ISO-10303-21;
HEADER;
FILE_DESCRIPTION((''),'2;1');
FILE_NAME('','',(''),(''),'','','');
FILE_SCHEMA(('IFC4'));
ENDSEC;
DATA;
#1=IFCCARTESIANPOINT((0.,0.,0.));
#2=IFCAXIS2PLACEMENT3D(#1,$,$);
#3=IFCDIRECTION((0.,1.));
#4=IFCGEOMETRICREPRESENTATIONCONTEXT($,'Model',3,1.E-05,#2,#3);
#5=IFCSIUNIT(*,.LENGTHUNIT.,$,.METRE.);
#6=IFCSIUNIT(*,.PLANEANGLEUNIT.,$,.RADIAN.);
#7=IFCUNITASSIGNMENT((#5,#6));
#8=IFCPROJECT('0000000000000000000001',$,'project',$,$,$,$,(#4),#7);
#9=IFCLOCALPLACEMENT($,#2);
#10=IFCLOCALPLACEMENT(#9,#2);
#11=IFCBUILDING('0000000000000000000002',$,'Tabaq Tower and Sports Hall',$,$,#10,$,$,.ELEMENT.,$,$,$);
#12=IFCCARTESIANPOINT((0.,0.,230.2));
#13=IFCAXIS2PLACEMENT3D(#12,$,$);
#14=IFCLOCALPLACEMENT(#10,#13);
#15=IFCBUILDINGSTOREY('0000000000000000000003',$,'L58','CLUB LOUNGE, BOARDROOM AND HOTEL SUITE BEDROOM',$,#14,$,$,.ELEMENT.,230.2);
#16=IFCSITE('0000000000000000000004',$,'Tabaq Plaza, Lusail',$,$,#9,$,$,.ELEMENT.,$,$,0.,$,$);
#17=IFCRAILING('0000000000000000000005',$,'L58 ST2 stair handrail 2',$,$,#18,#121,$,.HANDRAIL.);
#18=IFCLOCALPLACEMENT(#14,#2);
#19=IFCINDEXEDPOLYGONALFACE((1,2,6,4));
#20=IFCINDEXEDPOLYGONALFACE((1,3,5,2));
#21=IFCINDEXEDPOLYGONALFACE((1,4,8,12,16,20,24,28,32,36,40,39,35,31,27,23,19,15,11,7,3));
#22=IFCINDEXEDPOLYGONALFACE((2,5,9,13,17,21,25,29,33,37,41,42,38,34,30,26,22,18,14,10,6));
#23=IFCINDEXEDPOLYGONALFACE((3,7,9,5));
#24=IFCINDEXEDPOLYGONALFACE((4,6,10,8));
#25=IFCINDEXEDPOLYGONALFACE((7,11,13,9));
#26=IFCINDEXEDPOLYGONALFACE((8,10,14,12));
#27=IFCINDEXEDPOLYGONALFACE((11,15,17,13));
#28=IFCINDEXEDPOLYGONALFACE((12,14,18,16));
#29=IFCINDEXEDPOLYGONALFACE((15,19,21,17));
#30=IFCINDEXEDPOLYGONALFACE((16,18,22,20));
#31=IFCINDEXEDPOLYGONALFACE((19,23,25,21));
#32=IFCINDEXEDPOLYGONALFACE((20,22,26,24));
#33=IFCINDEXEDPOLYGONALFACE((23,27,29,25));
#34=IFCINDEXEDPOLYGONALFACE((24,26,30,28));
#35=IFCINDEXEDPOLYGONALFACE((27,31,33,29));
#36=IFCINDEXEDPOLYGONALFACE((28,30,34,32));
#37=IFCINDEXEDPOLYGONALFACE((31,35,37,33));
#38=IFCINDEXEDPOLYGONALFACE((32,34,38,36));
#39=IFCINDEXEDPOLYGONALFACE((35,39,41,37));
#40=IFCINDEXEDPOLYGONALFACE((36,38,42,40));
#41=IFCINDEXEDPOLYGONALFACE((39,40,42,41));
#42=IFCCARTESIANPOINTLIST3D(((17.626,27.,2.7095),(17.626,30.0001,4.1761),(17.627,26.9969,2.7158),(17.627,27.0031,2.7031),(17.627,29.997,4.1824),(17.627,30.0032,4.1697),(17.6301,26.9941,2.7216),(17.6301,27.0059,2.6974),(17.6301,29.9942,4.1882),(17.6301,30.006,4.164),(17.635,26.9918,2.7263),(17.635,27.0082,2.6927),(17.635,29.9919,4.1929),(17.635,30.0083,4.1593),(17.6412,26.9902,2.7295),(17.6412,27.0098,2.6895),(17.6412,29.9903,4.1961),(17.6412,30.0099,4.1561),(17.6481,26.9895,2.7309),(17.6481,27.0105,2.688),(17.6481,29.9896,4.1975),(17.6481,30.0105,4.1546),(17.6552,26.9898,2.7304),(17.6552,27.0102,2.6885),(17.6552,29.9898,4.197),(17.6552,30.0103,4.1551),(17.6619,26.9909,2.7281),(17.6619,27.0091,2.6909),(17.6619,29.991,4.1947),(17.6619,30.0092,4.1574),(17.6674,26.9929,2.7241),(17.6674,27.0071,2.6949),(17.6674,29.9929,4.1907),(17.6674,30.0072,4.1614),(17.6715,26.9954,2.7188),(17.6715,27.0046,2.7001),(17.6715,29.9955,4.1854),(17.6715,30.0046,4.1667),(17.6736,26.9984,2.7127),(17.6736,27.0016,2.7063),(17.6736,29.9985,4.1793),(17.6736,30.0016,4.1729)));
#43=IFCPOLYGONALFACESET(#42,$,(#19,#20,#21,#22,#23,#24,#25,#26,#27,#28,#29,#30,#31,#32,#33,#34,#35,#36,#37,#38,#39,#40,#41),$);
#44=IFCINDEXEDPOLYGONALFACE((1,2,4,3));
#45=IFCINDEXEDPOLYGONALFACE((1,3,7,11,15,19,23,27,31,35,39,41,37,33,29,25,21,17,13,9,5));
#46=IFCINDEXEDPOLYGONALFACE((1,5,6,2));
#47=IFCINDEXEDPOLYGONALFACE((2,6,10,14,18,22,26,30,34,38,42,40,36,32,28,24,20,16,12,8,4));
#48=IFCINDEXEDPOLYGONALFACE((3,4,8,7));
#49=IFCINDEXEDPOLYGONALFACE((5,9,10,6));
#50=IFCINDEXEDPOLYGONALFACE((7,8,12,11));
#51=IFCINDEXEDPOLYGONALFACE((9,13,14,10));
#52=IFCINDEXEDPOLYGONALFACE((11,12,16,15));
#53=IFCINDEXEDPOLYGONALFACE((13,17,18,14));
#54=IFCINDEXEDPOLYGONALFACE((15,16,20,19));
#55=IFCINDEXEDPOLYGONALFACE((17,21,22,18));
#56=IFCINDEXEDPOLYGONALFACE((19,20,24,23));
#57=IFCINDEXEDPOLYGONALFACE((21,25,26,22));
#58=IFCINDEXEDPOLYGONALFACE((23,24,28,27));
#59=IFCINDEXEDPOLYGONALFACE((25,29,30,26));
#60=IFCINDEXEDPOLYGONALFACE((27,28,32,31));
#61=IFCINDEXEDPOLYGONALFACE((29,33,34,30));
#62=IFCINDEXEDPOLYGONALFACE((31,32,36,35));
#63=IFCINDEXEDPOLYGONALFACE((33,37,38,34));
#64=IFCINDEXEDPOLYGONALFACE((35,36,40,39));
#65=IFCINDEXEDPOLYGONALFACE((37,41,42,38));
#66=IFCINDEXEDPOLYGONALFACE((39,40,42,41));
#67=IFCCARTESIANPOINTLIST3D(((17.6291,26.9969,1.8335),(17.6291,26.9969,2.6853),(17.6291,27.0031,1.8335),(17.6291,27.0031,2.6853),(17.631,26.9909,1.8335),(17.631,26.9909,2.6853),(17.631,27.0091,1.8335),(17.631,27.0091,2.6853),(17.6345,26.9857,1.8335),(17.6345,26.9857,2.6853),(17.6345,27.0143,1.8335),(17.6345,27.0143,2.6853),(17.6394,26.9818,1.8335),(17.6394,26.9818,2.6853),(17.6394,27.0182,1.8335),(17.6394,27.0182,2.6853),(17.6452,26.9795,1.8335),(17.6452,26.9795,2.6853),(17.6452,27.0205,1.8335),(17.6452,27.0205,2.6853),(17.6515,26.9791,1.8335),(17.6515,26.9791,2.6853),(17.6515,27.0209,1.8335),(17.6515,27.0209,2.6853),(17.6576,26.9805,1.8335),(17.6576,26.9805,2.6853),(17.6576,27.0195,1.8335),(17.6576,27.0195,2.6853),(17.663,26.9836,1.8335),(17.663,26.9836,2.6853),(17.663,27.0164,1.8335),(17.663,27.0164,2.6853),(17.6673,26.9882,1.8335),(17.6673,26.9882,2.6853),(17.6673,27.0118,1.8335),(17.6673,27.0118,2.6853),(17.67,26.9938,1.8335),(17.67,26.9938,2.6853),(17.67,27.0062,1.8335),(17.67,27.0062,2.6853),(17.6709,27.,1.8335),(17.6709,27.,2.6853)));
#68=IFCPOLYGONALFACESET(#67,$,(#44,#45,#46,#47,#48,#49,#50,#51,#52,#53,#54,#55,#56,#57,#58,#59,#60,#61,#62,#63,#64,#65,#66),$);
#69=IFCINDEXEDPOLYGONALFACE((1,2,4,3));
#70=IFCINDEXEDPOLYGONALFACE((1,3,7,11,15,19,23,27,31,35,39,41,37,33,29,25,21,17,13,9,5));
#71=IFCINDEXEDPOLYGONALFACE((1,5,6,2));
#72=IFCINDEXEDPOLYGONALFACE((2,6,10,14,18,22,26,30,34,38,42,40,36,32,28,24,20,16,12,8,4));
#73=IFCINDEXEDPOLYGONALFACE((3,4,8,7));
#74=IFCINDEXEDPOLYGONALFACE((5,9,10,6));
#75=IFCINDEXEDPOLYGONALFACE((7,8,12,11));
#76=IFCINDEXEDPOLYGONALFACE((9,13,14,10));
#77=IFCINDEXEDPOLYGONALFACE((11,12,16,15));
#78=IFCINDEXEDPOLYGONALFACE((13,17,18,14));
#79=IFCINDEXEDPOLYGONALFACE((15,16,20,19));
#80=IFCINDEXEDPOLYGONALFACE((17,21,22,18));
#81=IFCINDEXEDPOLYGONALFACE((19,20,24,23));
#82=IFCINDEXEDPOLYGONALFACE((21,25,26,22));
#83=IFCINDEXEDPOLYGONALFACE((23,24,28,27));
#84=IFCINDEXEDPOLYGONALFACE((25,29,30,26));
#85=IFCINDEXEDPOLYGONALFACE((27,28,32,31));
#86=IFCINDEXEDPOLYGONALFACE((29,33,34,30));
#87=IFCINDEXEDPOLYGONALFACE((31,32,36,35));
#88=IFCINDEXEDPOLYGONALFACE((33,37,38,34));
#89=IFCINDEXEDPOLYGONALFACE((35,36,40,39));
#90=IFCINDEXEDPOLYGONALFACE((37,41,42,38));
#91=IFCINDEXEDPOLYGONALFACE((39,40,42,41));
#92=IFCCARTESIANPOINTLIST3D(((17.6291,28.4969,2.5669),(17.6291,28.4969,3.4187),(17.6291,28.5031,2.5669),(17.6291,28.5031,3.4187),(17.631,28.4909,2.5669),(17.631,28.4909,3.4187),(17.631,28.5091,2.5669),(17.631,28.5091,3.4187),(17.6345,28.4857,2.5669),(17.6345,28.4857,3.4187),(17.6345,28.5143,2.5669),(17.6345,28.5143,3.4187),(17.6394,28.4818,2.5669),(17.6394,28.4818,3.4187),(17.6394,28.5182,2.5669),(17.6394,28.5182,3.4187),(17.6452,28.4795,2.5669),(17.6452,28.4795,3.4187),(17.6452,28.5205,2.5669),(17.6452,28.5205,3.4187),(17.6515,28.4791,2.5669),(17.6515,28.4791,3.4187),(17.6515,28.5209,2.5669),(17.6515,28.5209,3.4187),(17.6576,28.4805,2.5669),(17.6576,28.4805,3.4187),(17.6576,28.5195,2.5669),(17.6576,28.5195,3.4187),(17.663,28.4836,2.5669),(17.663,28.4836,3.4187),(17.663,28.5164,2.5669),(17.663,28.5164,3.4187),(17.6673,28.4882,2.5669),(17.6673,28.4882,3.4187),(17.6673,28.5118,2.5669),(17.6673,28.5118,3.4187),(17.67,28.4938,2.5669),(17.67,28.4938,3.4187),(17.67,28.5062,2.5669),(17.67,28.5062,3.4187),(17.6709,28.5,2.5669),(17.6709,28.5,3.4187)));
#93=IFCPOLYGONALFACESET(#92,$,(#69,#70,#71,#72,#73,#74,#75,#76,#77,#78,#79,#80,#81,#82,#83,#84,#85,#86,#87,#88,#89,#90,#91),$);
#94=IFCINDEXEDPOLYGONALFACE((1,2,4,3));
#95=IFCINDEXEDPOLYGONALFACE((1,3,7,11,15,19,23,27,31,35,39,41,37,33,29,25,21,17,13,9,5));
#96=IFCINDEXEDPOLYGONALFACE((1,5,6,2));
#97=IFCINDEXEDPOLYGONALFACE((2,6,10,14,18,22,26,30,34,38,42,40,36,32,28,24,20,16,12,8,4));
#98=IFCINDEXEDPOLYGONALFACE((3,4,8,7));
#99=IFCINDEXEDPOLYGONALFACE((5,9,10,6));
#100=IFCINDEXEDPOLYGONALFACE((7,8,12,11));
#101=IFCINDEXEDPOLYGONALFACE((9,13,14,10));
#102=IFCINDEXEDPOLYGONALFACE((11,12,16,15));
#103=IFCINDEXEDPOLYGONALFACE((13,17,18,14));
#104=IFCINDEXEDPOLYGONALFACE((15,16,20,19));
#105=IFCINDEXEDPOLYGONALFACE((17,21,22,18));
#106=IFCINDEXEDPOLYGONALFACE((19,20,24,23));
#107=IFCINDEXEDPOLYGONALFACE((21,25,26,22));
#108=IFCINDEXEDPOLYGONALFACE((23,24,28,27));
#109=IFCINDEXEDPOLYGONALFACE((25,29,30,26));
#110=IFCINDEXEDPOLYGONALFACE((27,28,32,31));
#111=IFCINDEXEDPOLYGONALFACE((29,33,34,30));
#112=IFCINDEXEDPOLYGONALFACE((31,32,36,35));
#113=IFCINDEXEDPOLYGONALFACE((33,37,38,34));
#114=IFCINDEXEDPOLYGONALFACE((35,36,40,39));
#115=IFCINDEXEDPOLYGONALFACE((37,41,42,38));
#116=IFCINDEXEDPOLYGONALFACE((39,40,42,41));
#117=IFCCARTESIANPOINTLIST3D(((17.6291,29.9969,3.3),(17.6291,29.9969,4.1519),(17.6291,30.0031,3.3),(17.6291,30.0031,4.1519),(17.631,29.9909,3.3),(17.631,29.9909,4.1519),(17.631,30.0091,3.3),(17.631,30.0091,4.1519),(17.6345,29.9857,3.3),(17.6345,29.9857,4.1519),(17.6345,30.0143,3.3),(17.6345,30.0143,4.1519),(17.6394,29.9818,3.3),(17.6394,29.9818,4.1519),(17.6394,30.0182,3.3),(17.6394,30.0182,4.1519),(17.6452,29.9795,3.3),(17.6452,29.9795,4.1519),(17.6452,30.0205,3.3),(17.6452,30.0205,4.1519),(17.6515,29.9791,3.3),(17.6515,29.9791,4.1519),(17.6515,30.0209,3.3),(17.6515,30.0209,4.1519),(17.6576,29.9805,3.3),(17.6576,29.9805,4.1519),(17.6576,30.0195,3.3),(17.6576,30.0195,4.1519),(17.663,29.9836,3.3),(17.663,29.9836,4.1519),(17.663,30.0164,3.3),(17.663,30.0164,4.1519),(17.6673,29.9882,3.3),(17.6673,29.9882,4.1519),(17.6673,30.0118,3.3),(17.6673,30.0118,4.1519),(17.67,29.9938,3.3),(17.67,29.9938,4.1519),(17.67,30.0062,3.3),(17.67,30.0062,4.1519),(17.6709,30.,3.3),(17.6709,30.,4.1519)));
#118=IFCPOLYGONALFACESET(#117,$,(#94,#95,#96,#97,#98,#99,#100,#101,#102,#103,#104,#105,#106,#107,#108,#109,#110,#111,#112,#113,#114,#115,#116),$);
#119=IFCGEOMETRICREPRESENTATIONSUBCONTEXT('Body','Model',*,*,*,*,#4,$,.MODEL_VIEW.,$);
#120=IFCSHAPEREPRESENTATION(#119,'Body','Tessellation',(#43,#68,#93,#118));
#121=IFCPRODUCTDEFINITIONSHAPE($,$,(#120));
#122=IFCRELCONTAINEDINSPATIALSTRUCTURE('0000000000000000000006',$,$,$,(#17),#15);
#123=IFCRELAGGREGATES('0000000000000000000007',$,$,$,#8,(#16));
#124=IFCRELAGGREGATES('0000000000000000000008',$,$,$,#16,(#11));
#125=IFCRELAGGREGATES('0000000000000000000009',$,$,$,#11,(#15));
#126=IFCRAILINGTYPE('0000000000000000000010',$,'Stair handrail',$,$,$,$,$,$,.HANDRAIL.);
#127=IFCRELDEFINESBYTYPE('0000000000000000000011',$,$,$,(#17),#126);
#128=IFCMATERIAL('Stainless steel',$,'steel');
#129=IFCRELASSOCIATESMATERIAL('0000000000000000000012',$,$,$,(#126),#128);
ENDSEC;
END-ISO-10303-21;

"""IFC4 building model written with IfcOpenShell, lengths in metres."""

from ifc_helpers import new_model, si_unit, direction, frame, origin, origin_2d, place, context, subcontext, project, spatial, circle, extrude, material, type_object, element, save


model = new_model("IFC4")

# Units and contexts
model_context = context("Model", 3, precision=1e-05, world=origin(), true_north=direction((0.0, 1.0)))
body_context = subcontext(model_context, "Body", "Model", "MODEL_VIEW")
ifc_project = project(units=[si_unit("LENGTHUNIT", "METRE"), si_unit("PLANEANGLEUNIT", "RADIAN")], contexts=[model_context])

# Site, building, storey
site_placement = place(None, origin())
site = spatial("IfcSite", under=ifc_project, at=site_placement, Name="Tabaq Plaza, Lusail", CompositionType="ELEMENT", RefElevation=0.0)
building_placement = place(site_placement, origin())
building = spatial("IfcBuilding", under=site, at=building_placement, Name="Tabaq Tower and Sports Hall", CompositionType="ELEMENT")
storey_placement = place(building_placement, frame((0.0, 0.0, 230.2)))
storey = spatial("IfcBuildingStorey", under=building, at=storey_placement, Name="L58", Description="CLUB LOUNGE, BOARDROOM AND HOTEL SUITE BEDROOM", CompositionType="ELEMENT", Elevation=230.2)

# Railing
ifc_material_1 = material(Name="Stainless steel", Category="steel")
railing_type = type_object("IfcRailingType", Name="Stair handrail", PredefinedType="HANDRAIL", material=ifc_material_1)
railing_placement = place(storey_placement, frame((17.6499, 27.0, 1.8335)))
element("IfcRailing", 1, at=railing_placement, inside=storey, type_object=railing_type, Name="L58 ST2 stair handrail 2", PredefinedType="HANDRAIL", context=body_context, shape_type="SweptSolid", body=[
    extrude(circle(Radius=0.0239, at=origin_2d()), frame((0.0, 0.0, 0.876), z_axis=(0.0, 0.898398, 0.439183), x_axis=(-1.0, 0.0, 0.0)), (0.0, 0.0, 1.0), 3.3394),
    extrude(circle(Radius=0.021, at=origin_2d()), origin(), (0.0, 0.0, 1.0), 0.8518),
    extrude(circle(Radius=0.021, at=origin_2d()), frame((0.0, 1.5, 0.7334)), (0.0, 0.0, 1.0), 0.8518),
    extrude(circle(Radius=0.021, at=origin_2d()), frame((0.0, 3.0, 1.4666)), (0.0, 0.0, 1.0), 0.8518),
])

save(model, "model.ifc")
